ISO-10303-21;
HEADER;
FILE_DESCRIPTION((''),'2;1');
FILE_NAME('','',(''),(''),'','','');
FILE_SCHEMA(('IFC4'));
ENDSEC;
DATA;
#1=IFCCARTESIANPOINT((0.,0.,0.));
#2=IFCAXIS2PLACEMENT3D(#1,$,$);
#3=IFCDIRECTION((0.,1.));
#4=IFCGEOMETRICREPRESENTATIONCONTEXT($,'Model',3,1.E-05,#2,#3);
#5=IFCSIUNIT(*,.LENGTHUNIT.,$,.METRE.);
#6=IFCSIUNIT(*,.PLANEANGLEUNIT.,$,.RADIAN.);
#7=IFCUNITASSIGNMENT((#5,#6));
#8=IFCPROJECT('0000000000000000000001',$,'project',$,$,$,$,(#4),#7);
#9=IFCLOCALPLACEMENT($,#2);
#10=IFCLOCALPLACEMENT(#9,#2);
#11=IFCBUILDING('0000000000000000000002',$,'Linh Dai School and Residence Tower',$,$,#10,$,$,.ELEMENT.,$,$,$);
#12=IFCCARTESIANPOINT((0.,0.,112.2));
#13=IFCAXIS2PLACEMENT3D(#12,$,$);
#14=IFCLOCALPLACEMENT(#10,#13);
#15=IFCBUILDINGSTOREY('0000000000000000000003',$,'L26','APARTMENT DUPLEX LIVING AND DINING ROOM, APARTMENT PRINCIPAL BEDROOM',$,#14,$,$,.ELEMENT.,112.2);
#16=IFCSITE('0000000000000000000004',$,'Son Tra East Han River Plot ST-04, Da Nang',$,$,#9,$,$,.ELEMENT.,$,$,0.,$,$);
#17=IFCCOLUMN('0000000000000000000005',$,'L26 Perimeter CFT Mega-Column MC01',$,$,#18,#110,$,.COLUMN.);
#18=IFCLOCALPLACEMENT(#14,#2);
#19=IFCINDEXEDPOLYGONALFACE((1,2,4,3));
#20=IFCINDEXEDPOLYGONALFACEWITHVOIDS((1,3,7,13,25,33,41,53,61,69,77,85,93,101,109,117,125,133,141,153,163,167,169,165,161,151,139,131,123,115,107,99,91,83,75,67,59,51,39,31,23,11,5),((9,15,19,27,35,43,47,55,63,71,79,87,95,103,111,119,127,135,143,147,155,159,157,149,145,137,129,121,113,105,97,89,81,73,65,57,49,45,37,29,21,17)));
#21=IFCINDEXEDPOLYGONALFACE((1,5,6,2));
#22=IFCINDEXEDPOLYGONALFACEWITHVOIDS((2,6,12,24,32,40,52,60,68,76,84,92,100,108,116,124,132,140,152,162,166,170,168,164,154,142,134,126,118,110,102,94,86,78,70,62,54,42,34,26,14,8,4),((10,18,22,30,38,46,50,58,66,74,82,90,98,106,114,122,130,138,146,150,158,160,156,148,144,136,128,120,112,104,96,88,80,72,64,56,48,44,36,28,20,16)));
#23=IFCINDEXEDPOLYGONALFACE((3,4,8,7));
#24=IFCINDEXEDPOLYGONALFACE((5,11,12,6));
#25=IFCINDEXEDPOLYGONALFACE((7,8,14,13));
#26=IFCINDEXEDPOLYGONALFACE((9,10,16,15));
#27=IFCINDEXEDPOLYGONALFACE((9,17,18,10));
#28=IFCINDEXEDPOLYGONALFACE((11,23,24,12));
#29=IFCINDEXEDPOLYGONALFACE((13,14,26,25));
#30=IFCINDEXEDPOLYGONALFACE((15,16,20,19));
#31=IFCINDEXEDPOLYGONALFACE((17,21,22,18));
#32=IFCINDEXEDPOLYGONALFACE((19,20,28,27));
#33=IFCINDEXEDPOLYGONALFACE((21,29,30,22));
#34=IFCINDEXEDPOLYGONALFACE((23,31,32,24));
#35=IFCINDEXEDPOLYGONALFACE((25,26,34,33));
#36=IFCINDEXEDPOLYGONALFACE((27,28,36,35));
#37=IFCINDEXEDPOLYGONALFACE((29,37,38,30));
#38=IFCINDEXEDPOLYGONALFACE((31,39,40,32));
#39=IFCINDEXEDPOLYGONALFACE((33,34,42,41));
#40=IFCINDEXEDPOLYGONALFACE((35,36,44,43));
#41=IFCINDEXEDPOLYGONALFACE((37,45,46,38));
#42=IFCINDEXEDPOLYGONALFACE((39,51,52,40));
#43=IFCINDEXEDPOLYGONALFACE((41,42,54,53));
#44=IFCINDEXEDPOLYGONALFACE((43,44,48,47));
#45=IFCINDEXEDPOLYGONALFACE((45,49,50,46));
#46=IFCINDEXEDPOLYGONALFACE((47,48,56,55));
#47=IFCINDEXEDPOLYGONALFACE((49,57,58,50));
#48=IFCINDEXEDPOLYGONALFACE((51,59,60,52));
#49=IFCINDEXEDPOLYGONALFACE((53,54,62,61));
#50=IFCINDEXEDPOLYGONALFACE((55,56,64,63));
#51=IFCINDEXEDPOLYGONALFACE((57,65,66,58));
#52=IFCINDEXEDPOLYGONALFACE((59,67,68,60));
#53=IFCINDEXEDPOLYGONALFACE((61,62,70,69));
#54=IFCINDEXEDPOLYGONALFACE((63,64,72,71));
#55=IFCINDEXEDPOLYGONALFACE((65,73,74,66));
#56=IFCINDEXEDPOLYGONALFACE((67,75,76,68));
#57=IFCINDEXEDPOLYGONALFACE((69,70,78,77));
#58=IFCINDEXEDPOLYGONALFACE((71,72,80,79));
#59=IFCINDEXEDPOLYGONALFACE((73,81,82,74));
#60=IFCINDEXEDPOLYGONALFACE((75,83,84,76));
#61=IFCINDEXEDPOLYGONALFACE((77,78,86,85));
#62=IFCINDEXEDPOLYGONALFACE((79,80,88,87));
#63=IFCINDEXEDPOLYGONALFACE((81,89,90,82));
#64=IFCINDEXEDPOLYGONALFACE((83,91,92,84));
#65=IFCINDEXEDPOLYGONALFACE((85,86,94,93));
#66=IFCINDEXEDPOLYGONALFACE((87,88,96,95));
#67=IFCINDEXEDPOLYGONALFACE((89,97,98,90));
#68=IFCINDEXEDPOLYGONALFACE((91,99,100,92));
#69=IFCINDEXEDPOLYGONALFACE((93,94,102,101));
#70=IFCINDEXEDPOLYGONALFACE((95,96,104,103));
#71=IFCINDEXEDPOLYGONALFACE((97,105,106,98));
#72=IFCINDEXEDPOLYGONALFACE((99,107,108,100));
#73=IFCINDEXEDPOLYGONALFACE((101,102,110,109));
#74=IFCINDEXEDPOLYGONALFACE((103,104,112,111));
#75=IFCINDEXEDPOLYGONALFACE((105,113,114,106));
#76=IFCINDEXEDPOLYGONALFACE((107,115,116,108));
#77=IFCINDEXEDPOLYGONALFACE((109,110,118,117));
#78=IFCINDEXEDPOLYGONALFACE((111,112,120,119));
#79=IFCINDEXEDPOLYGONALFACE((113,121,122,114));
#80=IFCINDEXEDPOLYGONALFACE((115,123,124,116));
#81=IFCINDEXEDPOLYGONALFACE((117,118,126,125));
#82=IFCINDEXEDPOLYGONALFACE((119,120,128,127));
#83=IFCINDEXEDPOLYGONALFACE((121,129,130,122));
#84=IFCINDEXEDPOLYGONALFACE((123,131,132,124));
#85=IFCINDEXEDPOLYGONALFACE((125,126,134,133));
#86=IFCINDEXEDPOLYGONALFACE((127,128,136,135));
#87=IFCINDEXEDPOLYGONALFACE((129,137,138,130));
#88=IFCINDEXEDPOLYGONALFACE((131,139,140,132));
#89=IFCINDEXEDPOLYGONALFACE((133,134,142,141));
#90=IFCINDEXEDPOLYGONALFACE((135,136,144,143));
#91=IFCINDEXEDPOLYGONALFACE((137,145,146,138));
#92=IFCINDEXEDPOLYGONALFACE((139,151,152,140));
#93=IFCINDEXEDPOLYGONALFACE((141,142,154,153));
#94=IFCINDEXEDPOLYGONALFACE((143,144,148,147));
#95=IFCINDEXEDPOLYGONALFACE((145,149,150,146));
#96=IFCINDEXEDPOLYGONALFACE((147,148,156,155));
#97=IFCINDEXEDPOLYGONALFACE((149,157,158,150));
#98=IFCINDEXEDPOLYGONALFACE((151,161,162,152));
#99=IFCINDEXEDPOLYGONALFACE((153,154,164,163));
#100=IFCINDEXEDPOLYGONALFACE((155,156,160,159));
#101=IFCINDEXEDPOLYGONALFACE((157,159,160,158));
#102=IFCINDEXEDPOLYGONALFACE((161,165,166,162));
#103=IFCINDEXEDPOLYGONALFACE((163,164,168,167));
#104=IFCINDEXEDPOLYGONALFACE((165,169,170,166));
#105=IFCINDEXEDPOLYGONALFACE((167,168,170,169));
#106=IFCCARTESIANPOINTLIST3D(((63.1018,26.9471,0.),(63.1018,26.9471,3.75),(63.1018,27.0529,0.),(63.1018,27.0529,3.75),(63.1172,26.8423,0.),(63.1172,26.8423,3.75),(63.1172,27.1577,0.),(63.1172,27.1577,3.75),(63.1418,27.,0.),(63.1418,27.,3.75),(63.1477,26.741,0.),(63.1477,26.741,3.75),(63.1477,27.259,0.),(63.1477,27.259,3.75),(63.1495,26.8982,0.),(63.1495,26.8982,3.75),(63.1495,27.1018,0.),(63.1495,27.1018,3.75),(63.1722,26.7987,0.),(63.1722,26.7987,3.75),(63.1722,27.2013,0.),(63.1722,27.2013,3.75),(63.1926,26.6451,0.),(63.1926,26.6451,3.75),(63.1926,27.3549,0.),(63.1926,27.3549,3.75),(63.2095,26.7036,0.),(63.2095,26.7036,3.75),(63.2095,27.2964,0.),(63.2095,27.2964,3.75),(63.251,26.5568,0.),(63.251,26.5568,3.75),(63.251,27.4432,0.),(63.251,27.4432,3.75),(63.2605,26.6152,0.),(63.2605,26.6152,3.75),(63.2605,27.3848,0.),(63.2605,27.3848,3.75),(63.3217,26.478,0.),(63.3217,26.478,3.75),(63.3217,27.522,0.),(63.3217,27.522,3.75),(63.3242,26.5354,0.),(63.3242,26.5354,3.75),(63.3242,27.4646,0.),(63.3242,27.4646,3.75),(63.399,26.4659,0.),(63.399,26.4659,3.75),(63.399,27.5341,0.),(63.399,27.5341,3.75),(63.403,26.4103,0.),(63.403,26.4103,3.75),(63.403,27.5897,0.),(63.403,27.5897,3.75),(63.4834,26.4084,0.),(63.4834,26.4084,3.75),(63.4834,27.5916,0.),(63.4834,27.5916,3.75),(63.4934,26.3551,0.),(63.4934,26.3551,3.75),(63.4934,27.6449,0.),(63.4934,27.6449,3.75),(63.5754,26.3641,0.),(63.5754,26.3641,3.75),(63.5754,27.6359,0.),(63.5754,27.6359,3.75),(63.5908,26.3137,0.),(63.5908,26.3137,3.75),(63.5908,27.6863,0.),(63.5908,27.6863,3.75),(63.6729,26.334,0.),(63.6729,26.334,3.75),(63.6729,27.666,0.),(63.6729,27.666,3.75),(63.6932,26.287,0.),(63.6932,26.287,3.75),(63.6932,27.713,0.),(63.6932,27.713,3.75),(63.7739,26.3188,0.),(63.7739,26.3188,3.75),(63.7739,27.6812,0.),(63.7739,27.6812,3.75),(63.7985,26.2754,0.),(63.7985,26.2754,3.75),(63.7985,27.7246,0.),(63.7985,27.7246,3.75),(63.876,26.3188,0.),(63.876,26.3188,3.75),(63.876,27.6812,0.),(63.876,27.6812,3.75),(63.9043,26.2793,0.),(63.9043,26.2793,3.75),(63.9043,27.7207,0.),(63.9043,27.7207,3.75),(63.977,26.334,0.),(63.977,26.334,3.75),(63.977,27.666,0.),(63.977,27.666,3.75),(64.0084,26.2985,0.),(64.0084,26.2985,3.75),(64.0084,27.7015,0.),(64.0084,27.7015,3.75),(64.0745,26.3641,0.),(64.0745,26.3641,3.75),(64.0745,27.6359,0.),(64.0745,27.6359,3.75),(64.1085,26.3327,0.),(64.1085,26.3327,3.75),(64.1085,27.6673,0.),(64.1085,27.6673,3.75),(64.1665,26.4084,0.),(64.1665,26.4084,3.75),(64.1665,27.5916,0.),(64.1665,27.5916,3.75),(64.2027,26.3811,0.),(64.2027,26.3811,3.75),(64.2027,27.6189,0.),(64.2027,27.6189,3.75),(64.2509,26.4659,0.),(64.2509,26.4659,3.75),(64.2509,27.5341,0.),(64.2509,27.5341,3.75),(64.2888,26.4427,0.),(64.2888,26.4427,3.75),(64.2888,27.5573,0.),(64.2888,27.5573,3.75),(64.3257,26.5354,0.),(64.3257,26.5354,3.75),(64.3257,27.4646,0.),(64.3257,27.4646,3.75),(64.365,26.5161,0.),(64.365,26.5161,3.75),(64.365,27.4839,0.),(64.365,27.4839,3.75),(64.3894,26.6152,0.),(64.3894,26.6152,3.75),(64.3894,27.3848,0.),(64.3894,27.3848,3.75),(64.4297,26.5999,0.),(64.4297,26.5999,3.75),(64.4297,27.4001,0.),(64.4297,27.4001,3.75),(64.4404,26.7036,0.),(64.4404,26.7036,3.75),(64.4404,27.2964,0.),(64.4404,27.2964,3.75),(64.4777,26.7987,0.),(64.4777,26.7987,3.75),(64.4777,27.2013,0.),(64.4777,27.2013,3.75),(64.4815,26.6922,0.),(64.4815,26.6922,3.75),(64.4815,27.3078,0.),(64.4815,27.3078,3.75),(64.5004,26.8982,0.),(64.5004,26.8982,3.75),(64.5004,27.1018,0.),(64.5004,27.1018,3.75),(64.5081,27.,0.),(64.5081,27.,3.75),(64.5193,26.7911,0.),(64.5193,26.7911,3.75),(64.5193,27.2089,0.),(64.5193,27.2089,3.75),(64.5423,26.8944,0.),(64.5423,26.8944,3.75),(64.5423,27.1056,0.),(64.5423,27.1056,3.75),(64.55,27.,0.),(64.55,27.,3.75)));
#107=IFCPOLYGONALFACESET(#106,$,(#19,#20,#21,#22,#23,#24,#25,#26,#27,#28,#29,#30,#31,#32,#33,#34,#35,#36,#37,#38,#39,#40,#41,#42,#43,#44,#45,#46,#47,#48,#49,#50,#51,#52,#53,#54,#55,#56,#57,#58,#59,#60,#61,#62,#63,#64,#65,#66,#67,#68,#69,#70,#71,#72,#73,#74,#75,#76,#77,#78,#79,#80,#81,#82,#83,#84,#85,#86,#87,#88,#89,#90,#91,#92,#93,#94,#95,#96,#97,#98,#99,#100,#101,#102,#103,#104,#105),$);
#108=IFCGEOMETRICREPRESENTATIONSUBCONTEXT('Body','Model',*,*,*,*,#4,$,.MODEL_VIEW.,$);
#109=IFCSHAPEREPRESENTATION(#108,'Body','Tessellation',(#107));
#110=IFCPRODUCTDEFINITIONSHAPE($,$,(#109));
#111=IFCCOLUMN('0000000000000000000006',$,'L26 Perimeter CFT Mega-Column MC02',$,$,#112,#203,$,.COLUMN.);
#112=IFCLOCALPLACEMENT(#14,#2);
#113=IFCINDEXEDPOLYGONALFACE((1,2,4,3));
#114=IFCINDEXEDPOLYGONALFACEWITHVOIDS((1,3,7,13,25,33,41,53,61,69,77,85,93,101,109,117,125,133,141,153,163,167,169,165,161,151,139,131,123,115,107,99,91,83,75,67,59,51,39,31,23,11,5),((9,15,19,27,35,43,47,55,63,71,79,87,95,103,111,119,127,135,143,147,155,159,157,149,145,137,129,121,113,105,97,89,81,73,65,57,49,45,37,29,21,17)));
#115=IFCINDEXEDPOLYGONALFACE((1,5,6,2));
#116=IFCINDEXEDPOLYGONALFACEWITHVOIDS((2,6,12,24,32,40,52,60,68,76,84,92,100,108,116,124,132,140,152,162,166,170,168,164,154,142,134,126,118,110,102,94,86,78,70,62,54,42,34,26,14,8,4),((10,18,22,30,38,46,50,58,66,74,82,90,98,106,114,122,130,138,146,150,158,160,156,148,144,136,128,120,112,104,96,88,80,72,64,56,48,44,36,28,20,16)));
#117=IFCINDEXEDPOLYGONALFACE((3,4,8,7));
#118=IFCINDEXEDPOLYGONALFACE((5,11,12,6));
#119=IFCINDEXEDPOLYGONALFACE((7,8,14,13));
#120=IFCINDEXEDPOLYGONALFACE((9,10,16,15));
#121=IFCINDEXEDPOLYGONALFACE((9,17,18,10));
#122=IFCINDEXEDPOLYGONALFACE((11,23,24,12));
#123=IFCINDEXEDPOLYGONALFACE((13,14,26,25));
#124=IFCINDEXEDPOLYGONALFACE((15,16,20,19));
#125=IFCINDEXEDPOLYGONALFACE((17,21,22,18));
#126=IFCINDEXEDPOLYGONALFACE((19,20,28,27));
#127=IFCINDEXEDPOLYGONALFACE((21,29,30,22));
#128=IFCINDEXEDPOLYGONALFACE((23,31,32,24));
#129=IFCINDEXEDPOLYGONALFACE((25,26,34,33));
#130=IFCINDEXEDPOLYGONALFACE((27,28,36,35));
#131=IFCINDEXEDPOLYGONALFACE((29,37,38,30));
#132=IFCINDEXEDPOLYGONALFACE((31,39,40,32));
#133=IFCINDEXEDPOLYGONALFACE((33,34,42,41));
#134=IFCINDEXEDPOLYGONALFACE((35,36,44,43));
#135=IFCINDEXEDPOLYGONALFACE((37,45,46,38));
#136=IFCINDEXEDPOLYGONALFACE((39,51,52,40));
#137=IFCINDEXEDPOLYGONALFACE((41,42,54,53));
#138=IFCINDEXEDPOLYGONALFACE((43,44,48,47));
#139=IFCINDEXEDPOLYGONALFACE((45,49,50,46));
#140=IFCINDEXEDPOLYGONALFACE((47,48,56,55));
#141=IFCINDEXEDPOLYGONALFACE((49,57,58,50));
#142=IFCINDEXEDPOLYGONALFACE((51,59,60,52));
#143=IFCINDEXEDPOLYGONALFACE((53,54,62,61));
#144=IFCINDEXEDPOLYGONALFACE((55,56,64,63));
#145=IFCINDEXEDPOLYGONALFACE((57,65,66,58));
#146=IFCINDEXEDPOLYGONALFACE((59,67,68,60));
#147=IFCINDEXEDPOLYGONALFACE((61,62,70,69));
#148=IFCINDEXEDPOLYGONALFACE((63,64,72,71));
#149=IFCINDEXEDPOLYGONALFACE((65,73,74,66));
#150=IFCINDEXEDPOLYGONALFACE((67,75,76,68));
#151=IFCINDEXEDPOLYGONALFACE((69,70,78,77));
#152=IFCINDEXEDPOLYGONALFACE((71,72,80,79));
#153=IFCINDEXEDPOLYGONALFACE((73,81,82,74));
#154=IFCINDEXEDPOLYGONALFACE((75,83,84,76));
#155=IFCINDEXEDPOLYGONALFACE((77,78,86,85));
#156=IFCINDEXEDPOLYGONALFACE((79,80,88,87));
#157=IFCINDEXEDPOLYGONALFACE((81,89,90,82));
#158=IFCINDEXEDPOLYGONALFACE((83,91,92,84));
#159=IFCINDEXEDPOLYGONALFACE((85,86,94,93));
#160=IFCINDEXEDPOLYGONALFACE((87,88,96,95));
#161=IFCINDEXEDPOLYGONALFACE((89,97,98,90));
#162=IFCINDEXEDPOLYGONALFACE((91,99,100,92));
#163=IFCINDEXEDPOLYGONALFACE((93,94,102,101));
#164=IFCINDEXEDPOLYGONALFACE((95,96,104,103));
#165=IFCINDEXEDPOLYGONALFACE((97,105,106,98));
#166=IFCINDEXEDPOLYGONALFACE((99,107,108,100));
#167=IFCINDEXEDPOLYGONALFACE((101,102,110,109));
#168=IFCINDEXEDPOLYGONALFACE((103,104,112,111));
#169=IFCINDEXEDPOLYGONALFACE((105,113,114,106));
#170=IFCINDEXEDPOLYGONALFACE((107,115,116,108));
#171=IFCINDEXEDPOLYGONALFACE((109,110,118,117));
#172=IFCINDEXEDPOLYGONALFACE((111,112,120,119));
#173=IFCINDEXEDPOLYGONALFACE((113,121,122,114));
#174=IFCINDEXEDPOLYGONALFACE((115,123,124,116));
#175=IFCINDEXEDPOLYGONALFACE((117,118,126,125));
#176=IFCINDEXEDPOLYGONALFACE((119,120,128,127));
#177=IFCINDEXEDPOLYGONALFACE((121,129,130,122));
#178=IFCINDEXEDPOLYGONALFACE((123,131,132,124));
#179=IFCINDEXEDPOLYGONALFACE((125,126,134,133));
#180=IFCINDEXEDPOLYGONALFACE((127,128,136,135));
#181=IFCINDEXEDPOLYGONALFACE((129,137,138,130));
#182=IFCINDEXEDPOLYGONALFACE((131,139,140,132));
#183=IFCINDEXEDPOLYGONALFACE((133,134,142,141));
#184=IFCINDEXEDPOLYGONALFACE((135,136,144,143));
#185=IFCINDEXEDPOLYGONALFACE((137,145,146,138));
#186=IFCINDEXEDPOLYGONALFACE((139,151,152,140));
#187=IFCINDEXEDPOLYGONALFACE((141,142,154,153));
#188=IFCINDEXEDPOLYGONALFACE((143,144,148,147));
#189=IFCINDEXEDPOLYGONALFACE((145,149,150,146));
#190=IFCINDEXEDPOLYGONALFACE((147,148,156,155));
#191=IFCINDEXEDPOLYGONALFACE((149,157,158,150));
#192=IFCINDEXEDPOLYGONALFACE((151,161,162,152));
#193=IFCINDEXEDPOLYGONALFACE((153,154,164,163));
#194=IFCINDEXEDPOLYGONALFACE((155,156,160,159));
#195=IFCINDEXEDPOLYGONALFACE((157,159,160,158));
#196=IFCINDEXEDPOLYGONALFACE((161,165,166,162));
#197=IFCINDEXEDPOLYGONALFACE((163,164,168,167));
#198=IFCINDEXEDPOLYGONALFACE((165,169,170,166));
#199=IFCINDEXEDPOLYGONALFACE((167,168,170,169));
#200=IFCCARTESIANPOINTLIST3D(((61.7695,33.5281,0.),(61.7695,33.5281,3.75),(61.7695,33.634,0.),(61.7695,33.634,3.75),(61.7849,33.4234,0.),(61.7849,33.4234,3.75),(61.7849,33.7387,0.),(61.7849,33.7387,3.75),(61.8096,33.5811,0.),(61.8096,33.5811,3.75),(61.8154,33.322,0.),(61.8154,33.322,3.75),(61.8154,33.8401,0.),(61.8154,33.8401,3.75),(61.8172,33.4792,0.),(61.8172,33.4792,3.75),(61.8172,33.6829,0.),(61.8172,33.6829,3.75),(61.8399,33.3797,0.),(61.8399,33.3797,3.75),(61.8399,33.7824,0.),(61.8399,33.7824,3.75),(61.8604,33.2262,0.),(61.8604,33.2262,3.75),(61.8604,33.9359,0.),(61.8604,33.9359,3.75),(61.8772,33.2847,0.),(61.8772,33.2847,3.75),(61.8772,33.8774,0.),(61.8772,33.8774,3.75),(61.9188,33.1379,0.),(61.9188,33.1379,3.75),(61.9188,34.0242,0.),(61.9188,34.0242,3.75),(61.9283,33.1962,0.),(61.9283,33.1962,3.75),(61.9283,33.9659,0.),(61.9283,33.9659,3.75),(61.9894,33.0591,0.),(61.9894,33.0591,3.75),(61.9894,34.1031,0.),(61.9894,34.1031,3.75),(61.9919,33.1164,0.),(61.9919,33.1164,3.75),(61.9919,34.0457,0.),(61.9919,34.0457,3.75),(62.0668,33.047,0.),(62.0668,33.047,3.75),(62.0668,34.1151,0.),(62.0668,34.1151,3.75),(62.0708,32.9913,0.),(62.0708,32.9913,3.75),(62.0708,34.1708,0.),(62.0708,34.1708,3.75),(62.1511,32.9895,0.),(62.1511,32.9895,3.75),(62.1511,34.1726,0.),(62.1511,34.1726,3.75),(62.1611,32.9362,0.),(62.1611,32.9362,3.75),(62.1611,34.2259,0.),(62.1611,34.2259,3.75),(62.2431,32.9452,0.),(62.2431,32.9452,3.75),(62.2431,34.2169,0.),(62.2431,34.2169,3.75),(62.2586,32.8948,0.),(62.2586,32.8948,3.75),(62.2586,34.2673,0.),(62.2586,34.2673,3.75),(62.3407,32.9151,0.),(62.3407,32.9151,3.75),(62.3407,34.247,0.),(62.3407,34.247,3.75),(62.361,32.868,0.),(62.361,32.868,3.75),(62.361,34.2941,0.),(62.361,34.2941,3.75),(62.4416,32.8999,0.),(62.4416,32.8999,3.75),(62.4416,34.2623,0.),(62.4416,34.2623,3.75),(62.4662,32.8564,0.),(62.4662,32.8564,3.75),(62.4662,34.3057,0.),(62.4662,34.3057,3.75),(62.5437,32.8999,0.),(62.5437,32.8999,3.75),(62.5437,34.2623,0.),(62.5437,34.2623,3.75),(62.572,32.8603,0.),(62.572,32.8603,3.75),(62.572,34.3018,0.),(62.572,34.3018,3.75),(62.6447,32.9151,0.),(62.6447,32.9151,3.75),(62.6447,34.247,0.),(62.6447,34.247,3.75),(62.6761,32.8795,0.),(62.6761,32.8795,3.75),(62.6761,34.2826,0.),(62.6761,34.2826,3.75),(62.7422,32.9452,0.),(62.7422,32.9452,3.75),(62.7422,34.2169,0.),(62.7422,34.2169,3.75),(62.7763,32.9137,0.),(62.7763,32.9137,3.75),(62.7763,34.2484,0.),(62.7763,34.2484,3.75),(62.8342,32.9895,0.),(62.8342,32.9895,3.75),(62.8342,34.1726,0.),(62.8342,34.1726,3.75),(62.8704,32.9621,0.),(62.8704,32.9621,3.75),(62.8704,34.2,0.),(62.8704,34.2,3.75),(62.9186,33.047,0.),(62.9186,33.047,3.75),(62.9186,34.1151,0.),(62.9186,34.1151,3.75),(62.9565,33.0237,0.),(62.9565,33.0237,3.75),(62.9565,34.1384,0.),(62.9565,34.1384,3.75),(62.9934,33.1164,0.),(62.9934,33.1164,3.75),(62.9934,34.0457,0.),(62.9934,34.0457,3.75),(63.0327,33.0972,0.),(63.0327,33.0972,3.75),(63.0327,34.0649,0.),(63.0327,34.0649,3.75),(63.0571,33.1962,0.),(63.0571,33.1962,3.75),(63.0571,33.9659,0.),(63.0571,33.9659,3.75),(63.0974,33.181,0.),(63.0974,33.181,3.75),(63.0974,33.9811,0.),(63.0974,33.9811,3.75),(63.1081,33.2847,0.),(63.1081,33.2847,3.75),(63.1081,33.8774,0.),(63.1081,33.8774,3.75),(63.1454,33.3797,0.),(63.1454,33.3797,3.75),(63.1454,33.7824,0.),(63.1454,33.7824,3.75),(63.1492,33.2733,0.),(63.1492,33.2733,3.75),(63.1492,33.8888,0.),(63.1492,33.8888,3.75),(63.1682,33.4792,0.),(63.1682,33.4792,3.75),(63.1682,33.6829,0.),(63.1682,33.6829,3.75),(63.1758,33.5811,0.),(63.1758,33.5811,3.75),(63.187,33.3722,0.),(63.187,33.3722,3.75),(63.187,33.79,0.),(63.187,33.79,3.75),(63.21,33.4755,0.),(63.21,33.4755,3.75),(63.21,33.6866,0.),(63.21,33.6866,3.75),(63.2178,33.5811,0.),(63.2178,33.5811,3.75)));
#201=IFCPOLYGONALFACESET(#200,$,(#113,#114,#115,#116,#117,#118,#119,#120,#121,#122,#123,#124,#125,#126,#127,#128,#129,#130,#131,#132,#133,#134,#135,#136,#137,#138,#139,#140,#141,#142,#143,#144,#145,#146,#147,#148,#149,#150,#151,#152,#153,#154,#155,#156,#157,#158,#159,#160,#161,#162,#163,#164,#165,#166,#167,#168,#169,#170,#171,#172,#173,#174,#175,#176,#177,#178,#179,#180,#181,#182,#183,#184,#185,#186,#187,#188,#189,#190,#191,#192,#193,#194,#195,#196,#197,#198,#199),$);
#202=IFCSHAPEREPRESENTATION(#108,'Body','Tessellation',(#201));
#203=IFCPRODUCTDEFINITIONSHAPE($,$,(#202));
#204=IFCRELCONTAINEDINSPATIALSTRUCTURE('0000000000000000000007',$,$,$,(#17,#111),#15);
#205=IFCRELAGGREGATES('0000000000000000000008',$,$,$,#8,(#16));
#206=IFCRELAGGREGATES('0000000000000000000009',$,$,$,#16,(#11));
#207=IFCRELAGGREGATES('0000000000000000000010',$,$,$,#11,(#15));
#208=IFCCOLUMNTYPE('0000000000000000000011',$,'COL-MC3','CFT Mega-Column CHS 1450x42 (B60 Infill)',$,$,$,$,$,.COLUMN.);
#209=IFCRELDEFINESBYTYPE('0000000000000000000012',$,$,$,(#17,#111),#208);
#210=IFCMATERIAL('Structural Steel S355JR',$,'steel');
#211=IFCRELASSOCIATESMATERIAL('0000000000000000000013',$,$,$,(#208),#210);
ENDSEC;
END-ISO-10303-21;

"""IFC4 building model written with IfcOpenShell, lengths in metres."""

from ifc_helpers import new_model, si_unit, direction, frame, origin, origin_2d, place, context, subcontext, project, spatial, hollow_circle, extrude, material, material_profile, profile_set, type_object, element, save


model = new_model("IFC4")

# Units and contexts
model_context = context("Model", 3, precision=1e-05, world=origin(), true_north=direction((0.0, 1.0)))
body_context = subcontext(model_context, "Body", "Model", "MODEL_VIEW")
ifc_project = project(units=[si_unit("LENGTHUNIT", "METRE"), si_unit("PLANEANGLEUNIT", "RADIAN")], contexts=[model_context])

# Site, building, storey
site_placement = place(None, origin())
site = spatial("IfcSite", under=ifc_project, at=site_placement, Name="Son Tra East Han River Plot ST-04, Da Nang", CompositionType="ELEMENT", RefElevation=0.0)
building_placement = place(site_placement, origin())
building = spatial("IfcBuilding", under=site, at=building_placement, Name="Linh Dai School and Residence Tower", CompositionType="ELEMENT")
storey_placement = place(building_placement, frame((0.0, 0.0, 112.2)))
storey = spatial("IfcBuildingStorey", under=building, at=storey_placement, Name="L26", Description="APARTMENT DUPLEX LIVING AND DINING ROOM, APARTMENT PRINCIPAL BEDROOM", CompositionType="ELEMENT", Elevation=112.2)

# Columns
ifc_material_1 = material(Name="Structural Steel S355JR", Category="steel")
ifc_material_profile_1 = material_profile(ifc_material_1, hollow_circle(Radius=0.7251, WallThickness=0.042, at=origin_2d()), Name="CHS 1450x42")
ifc_profile_set_1 = profile_set([ifc_material_profile_1], Name="Structural Steel S355JR")
column_type = type_object("IfcColumnType", Name="COL-MC3", Description="CFT Mega-Column CHS 1450x42 (B60 Infill)", PredefinedType="COLUMN", material=ifc_profile_set_1)
for number, where, z_axis, x_axis, name in (
    (1, (63.825, 27.0, 0.0), (0.0, 0.0, 1.0), (1.0, 0.0, 0.0), "L26 Perimeter CFT Mega-Column MC01"),
    (2, (62.4927, 33.5811, 0.0), (0.0, 0.0, 1.0), (1.0, 0.0, 0.0), "L26 Perimeter CFT Mega-Column MC02"),
):
    element("IfcColumn", number, at=place(storey_placement, frame(where, z_axis=z_axis, x_axis=x_axis)), inside=storey, type_object=column_type, Name=name, PredefinedType="COLUMN", context=body_context, shape_type="SweptSolid", body=[
        extrude(hollow_circle(Radius=0.7251, WallThickness=0.042, at=origin_2d()), origin(), (0.0, 0.0, 1.0), 3.75),
    ])

save(model, "model.ifc")
